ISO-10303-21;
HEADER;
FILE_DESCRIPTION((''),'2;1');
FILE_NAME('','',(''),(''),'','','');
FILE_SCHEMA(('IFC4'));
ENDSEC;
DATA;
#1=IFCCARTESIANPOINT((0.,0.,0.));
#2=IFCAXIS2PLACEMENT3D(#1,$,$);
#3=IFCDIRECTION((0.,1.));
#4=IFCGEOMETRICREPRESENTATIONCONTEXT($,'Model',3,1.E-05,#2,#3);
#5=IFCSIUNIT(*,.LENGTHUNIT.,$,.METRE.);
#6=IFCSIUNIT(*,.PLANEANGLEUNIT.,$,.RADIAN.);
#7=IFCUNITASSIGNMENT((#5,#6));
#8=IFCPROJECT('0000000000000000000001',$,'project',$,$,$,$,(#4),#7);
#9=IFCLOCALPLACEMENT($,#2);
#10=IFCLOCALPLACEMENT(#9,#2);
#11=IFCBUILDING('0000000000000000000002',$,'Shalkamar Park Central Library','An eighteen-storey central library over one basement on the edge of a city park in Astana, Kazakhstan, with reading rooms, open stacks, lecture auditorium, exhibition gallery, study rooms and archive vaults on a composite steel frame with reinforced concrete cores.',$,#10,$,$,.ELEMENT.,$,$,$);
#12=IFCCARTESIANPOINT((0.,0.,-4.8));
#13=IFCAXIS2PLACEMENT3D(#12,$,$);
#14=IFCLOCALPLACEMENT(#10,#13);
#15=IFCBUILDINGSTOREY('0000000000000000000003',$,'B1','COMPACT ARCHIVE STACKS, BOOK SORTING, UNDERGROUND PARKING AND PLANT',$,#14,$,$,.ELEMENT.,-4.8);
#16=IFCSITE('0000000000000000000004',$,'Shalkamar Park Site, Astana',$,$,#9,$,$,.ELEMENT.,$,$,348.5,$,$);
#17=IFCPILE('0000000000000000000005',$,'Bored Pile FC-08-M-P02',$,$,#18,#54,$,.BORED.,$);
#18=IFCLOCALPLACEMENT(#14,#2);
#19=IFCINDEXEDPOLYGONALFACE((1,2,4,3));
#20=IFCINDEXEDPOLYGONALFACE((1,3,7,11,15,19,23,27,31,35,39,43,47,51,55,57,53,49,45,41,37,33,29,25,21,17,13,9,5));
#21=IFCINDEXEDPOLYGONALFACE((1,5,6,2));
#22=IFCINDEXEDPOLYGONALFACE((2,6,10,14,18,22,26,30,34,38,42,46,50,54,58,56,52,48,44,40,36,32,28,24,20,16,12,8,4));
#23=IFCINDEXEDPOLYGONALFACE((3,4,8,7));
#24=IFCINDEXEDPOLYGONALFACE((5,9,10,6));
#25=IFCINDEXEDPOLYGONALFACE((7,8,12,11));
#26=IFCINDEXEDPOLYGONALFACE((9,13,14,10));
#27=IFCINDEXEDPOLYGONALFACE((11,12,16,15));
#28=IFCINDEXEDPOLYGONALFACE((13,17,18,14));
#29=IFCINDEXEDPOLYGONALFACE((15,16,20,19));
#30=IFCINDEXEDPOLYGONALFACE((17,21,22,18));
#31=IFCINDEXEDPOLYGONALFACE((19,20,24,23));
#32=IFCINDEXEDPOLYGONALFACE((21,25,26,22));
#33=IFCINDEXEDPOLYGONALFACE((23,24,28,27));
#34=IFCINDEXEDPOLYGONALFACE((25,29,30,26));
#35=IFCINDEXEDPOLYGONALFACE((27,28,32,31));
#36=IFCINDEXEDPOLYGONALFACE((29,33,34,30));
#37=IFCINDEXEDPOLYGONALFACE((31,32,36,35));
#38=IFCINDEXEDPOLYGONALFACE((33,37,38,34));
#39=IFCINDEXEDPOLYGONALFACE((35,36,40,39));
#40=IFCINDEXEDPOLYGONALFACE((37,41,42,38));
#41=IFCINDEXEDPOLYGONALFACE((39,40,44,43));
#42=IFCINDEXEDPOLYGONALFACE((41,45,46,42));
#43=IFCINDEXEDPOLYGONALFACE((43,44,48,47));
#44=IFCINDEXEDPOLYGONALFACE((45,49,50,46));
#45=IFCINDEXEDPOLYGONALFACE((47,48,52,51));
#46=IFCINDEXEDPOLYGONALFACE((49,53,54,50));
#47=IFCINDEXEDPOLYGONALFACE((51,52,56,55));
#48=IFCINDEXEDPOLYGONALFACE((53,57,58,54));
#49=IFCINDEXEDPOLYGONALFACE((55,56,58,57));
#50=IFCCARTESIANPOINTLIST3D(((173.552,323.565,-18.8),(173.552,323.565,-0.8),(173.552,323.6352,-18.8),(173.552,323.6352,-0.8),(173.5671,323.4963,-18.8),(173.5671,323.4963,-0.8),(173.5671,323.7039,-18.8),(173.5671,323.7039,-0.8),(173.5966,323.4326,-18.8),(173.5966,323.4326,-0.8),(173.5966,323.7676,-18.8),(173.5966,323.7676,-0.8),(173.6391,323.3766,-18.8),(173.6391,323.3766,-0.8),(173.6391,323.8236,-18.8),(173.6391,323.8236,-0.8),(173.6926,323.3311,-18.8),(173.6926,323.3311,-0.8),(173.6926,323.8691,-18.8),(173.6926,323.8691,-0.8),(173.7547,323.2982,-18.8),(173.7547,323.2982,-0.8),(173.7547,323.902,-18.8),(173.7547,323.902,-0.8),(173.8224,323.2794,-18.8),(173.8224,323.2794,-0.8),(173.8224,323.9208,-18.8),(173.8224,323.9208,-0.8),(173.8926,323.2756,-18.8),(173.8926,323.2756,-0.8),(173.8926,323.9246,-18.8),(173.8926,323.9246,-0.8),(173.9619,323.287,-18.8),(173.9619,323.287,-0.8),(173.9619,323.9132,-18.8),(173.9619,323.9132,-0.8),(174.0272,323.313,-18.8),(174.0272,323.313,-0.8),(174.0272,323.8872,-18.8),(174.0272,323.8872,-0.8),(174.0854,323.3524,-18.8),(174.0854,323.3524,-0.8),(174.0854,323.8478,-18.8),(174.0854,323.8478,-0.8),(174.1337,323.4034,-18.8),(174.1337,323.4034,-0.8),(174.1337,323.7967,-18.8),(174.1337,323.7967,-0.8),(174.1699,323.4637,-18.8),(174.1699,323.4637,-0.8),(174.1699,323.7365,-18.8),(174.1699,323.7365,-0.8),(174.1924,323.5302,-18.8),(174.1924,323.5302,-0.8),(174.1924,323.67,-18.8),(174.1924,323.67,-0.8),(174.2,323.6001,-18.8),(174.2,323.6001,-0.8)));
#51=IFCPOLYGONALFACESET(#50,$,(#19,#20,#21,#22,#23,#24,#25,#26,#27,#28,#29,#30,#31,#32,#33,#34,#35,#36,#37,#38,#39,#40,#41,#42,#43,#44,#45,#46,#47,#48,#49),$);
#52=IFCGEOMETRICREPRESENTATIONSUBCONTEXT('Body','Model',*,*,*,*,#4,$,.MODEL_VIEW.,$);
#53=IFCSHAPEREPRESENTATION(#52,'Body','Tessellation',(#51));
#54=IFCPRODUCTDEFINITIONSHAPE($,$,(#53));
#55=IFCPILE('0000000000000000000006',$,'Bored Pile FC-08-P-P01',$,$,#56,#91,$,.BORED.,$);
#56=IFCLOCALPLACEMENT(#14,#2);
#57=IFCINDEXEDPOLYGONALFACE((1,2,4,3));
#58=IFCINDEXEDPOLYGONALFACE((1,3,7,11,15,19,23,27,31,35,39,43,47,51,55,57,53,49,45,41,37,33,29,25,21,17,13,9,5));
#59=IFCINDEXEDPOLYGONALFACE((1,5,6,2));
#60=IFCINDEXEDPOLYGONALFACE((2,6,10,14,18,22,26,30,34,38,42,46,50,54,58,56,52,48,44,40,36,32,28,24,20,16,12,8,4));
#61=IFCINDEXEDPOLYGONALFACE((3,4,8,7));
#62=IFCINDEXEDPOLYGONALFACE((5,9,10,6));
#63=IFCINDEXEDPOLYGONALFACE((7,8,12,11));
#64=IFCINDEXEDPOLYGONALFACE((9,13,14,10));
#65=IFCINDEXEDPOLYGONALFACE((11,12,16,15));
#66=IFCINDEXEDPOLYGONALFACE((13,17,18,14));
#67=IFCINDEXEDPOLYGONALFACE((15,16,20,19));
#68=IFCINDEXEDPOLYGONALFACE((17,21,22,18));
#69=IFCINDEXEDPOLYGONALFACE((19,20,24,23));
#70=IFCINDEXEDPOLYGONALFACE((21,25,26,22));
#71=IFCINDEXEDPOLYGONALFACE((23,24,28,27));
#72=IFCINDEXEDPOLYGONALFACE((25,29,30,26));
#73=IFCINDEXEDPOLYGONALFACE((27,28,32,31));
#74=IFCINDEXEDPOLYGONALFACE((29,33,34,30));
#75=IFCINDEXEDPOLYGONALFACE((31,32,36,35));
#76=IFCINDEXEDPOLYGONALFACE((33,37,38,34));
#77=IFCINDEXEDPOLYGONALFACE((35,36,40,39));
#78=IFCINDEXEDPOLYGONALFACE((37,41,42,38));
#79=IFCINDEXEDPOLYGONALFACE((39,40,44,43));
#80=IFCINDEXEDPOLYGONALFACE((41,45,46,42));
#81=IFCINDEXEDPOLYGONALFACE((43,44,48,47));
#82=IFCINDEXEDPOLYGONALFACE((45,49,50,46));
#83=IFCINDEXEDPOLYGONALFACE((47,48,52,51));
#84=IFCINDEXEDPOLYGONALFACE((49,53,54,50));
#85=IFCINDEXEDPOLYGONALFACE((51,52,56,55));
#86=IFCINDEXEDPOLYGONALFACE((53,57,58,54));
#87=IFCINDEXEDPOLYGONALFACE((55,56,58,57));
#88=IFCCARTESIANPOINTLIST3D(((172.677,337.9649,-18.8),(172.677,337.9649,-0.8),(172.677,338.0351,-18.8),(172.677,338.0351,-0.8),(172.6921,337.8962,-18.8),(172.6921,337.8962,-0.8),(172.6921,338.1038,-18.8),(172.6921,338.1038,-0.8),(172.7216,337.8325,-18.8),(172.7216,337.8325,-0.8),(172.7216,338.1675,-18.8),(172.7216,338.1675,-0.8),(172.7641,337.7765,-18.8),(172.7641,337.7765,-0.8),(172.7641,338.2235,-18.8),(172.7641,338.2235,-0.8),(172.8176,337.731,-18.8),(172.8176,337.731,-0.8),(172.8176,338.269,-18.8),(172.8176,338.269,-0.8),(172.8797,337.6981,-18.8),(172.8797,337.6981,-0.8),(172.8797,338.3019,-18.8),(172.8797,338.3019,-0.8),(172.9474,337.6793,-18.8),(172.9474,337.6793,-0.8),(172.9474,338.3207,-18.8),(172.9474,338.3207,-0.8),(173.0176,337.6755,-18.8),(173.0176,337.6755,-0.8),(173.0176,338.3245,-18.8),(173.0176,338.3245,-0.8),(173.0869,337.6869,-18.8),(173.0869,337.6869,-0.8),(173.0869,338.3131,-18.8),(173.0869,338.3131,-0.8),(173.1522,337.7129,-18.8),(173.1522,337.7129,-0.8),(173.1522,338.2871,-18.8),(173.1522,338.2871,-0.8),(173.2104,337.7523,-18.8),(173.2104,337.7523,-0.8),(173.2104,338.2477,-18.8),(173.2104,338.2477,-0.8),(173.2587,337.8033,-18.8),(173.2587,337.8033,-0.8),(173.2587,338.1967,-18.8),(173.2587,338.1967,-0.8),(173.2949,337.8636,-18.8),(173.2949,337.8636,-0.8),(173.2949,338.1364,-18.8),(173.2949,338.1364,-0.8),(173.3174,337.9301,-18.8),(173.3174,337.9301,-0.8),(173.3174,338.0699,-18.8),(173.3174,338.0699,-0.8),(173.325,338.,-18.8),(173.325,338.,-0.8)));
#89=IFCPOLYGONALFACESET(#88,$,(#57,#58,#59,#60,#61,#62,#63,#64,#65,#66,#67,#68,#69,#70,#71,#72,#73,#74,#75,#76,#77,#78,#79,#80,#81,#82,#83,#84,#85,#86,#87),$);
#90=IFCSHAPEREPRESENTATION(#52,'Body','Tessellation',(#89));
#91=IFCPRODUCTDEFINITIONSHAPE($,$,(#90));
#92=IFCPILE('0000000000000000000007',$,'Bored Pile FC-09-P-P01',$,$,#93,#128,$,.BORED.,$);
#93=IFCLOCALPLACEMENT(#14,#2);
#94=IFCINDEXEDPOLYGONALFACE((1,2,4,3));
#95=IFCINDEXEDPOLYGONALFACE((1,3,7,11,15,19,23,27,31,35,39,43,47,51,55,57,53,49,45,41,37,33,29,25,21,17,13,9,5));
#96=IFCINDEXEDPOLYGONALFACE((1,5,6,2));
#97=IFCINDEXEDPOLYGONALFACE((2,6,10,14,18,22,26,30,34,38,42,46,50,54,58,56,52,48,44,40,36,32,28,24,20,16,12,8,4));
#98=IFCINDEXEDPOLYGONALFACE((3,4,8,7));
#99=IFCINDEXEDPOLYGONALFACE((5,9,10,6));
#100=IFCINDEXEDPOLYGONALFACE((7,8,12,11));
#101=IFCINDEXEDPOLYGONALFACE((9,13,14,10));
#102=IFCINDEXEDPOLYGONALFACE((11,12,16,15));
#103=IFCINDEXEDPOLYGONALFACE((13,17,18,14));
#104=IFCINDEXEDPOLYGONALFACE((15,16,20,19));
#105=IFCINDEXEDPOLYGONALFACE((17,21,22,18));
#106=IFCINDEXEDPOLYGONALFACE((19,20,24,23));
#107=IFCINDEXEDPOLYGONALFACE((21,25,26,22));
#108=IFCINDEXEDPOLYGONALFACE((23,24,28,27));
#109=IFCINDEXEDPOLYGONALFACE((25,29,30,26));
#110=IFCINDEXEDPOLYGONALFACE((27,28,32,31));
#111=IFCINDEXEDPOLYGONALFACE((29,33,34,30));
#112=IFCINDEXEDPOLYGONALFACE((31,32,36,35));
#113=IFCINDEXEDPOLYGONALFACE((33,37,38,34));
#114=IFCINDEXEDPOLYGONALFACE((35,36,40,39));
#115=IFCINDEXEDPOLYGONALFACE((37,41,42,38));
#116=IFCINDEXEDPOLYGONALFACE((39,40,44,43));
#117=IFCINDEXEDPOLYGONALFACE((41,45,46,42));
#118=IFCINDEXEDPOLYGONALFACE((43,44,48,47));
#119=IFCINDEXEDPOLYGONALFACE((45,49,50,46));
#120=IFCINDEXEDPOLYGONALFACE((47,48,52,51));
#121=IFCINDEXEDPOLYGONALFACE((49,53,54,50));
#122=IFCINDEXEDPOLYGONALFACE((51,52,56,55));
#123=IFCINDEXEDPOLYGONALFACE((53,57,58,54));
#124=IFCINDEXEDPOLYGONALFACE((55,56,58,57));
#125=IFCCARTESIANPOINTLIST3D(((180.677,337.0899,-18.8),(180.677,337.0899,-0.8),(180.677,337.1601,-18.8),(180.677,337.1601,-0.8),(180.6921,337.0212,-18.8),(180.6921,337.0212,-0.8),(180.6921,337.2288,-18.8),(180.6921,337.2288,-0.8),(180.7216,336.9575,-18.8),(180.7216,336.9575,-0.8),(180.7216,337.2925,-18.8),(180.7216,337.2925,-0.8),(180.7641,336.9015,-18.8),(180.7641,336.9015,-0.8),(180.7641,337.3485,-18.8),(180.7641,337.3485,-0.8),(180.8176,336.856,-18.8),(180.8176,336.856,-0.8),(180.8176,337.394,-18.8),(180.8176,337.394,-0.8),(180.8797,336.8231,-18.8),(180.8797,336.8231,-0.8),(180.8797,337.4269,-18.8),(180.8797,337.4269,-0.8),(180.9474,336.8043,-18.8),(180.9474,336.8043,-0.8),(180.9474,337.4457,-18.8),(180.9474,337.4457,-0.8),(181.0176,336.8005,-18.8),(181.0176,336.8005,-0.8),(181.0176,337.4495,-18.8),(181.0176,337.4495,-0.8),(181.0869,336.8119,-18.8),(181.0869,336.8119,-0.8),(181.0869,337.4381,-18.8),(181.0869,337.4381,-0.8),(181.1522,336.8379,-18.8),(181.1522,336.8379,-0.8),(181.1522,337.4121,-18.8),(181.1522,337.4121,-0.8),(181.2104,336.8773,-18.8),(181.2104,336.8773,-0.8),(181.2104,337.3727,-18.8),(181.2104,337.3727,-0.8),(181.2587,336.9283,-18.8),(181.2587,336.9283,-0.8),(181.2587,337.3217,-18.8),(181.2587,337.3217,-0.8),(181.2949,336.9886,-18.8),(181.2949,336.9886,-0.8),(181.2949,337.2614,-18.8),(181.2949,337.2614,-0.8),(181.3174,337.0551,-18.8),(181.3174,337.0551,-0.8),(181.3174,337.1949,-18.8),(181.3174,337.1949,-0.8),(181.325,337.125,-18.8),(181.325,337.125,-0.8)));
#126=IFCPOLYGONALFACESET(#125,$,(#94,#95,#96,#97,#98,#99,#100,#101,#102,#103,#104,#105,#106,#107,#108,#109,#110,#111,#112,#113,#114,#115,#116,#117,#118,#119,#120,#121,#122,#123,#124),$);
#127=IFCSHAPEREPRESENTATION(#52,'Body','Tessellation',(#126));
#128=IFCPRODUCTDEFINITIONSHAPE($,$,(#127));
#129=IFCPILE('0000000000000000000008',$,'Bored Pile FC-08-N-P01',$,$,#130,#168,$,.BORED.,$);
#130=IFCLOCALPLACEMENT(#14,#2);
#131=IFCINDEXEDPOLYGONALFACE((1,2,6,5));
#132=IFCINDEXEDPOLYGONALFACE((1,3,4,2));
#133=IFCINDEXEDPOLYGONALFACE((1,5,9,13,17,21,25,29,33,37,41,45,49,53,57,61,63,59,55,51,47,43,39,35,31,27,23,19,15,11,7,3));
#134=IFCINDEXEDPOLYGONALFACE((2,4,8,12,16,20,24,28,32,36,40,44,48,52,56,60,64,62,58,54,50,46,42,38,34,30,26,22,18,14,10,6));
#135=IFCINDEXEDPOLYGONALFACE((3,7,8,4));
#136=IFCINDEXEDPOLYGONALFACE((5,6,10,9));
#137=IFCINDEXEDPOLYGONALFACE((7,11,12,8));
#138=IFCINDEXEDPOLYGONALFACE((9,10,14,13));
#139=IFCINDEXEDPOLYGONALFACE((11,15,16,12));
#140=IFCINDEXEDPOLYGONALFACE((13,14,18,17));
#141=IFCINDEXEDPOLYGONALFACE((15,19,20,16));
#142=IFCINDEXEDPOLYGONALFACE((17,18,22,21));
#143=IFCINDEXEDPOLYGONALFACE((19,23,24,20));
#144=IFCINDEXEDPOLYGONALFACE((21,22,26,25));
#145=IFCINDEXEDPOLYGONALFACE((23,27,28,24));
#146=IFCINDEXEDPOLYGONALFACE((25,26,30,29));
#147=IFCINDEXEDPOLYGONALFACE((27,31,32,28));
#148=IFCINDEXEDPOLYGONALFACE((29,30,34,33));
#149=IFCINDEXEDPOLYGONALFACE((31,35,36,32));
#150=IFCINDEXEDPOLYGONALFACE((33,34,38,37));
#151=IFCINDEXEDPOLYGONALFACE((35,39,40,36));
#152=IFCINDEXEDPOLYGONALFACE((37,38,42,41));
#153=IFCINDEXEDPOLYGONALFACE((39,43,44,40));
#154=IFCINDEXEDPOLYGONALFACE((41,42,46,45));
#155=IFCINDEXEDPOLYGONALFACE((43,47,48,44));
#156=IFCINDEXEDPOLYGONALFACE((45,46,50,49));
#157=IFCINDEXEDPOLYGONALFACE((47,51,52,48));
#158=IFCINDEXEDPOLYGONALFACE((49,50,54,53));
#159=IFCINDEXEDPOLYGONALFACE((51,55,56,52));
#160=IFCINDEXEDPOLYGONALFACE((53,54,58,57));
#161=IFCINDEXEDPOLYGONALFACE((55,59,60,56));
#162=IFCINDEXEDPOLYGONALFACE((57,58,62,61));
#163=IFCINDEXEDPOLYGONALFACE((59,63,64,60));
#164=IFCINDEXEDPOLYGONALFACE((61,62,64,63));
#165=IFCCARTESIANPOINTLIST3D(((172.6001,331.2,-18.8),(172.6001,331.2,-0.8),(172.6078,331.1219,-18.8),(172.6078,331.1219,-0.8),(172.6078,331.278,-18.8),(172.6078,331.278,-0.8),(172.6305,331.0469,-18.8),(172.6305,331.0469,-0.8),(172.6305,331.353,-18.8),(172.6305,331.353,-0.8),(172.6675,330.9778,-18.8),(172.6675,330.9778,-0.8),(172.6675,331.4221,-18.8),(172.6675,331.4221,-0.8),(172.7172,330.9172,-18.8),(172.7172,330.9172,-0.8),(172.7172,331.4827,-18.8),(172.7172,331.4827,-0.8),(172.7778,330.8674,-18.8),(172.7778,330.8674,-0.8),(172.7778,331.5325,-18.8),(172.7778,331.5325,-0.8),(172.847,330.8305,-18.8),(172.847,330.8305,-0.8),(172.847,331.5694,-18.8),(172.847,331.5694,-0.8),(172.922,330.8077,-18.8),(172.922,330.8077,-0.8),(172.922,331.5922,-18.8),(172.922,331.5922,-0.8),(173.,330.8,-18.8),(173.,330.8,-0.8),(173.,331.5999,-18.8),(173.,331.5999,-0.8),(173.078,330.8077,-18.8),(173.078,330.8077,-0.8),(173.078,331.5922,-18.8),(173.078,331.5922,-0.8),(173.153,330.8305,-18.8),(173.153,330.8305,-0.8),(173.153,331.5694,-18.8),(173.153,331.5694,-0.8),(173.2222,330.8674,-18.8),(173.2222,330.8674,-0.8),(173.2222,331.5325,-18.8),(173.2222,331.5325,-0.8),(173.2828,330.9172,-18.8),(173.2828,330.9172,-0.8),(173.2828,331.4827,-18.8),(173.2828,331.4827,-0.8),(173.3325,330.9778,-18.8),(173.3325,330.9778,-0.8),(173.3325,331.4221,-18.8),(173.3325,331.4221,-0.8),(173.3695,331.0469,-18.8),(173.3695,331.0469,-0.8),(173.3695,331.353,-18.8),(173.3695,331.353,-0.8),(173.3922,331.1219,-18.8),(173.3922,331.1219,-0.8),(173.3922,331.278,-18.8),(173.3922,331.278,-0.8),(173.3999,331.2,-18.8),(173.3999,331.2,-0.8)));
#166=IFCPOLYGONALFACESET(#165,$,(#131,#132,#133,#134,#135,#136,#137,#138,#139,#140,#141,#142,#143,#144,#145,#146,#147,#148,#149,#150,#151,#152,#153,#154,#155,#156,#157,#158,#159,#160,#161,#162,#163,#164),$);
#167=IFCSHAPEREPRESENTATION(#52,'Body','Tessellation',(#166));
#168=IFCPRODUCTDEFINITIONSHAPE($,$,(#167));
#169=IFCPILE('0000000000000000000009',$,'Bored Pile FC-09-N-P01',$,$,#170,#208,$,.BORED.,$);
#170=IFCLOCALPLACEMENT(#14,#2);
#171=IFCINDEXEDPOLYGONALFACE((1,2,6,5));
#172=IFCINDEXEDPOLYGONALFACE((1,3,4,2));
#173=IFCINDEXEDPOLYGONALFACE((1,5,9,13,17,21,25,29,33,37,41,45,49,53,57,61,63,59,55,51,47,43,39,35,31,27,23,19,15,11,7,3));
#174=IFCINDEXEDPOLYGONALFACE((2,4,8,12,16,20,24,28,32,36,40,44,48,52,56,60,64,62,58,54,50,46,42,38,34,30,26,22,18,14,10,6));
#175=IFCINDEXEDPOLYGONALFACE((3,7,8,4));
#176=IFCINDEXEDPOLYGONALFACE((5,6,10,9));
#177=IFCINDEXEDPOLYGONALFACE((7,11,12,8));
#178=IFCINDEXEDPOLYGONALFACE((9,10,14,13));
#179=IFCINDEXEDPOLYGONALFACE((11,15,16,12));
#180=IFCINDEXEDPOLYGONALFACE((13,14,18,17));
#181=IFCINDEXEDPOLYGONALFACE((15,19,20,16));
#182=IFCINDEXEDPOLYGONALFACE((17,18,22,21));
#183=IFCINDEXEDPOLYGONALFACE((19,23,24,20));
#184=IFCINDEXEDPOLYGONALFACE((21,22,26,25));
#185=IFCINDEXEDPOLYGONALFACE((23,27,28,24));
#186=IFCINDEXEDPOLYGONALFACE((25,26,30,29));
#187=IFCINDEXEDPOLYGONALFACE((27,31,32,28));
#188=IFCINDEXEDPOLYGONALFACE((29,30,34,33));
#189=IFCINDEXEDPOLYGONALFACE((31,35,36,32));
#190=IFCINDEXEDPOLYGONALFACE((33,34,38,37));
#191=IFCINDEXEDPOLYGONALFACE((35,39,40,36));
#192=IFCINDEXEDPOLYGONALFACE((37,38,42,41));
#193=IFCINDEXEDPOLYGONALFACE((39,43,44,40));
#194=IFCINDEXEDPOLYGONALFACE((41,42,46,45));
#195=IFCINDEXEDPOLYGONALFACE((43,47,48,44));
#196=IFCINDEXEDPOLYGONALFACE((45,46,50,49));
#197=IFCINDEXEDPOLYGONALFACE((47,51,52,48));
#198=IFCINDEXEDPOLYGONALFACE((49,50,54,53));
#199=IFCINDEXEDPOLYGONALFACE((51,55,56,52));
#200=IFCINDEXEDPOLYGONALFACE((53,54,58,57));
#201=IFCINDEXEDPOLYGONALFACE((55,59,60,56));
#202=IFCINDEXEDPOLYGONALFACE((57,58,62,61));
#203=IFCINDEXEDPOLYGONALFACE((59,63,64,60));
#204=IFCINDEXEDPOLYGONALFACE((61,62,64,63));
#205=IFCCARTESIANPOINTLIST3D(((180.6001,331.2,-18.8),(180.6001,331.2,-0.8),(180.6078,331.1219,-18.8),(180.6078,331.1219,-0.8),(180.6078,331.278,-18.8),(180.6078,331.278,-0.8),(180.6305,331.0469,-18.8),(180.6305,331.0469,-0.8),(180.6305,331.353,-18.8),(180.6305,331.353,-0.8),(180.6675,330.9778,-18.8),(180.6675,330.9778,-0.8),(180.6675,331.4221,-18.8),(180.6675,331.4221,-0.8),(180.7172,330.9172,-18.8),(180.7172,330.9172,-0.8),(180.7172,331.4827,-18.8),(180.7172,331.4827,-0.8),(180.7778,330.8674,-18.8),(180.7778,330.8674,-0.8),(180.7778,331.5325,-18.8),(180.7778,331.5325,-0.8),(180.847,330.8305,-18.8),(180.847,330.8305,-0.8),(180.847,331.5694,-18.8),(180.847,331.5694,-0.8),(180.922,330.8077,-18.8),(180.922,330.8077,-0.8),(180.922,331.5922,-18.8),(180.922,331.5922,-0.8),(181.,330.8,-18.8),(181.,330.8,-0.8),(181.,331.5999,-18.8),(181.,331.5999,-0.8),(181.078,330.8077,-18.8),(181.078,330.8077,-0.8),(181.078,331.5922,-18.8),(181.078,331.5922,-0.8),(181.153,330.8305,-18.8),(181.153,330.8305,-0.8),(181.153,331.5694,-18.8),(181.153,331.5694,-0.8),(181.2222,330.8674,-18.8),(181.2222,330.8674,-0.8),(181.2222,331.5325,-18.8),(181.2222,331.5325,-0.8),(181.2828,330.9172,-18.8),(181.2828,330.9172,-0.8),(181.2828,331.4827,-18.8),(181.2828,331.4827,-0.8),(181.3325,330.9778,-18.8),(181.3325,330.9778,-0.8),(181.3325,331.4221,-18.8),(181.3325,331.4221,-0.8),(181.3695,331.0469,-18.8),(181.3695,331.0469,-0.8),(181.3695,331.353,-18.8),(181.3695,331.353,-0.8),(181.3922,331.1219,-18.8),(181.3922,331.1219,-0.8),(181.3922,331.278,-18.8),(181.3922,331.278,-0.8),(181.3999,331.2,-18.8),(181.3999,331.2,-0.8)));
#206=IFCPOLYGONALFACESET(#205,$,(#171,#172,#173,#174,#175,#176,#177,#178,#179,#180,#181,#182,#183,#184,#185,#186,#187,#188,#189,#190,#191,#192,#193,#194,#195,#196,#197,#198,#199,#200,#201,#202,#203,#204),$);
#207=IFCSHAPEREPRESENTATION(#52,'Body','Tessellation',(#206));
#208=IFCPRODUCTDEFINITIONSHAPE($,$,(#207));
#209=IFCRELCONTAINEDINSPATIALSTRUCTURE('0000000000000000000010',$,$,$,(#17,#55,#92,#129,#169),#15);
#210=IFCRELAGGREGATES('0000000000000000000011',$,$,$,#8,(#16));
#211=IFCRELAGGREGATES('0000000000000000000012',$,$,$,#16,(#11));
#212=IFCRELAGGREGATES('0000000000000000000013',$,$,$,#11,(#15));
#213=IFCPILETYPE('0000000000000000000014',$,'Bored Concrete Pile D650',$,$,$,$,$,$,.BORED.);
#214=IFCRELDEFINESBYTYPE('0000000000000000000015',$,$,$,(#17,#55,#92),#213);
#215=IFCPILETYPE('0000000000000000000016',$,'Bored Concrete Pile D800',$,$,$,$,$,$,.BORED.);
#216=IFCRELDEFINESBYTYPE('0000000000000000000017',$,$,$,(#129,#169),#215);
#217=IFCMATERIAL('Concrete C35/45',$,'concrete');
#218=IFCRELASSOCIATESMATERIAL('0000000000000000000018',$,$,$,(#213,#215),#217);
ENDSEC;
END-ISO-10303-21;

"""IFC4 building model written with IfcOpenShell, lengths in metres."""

from ifc_helpers import new_model, si_unit, direction, frame, origin, origin_2d, place, context, subcontext, project, spatial, circle, extrude, material, material_profile, profile_set, type_object, element, save


model = new_model("IFC4")

# Units and contexts
model_context = context("Model", 3, precision=1e-05, world=origin(), true_north=direction((0.0, 1.0)))
body_context = subcontext(model_context, "Body", "Model", "MODEL_VIEW")
ifc_project = project(units=[si_unit("LENGTHUNIT", "METRE"), si_unit("PLANEANGLEUNIT", "RADIAN")], contexts=[model_context])

# Site, building, storey
site_placement = place(None, origin())
site = spatial("IfcSite", under=ifc_project, at=site_placement, Name="Shalkamar Park Site, Astana", CompositionType="ELEMENT", RefElevation=348.5)
building_placement = place(site_placement, origin())
building = spatial("IfcBuilding", under=site, at=building_placement, Name="Shalkamar Park Central Library", Description="An eighteen-storey central library over one basement on the edge of a city park in Astana, Kazakhstan, with reading rooms, open stacks, lecture auditorium, exhibition gallery, study rooms and archive vaults on a composite steel frame with reinforced concrete cores.", CompositionType="ELEMENT")
storey_placement = place(building_placement, frame((0.0, 0.0, -4.8)))
storey = spatial("IfcBuildingStorey", under=building, at=storey_placement, Name="B1", Description="COMPACT ARCHIVE STACKS, BOOK SORTING, UNDERGROUND PARKING AND PLANT", CompositionType="ELEMENT", Elevation=-4.8)

# Piles
ifc_material_1 = material(Name="Concrete C35/45", Category="concrete")
ifc_material_profile_1 = material_profile(ifc_material_1, circle(Radius=0.325, at=origin_2d()), Name="PILE D650")
ifc_profile_set_1 = profile_set([ifc_material_profile_1], Name="Concrete C35/45")
pile_type_1 = type_object("IfcPileType", Name="Bored Concrete Pile D650", PredefinedType="BORED", material=ifc_profile_set_1)
for number, where, z_axis, x_axis, name in (
    (1, (173.875, 323.6001, -0.8), (0.0, 0.0, -1.0), (1.0, 0.0, 0.0), "Bored Pile FC-08-M-P02"),
    (2, (173.0, 338.0, -0.8), (0.0, 0.0, -1.0), (1.0, 0.0, 0.0), "Bored Pile FC-08-P-P01"),
    (3, (181.0, 337.125, -0.8), (0.0, 0.0, -1.0), (1.0, 0.0, 0.0), "Bored Pile FC-09-P-P01"),
):
    element("IfcPile", number, at=place(storey_placement, frame(where, z_axis=z_axis, x_axis=x_axis)), inside=storey, type_object=pile_type_1, Name=name, PredefinedType="BORED", context=body_context, shape_type="SweptSolid", body=[
        extrude(circle(Radius=0.325, at=origin_2d()), origin(), (0.0, 0.0, 1.0), 18.0),
    ])
ifc_material_profile_2 = material_profile(ifc_material_1, circle(Radius=0.3999, at=origin_2d()), Name="PILE D800")
ifc_profile_set_2 = profile_set([ifc_material_profile_2], Name="Concrete C35/45")
pile_type_2 = type_object("IfcPileType", Name="Bored Concrete Pile D800", PredefinedType="BORED", material=ifc_profile_set_2)
for number, where, z_axis, x_axis, name in (
    (4, (173.0, 331.2, -0.8), (0.0, 0.0, -1.0), (1.0, 0.0, 0.0), "Bored Pile FC-08-N-P01"),
    (5, (181.0, 331.2, -0.8), (0.0, 0.0, -1.0), (1.0, 0.0, 0.0), "Bored Pile FC-09-N-P01"),
):
    element("IfcPile", number, at=place(storey_placement, frame(where, z_axis=z_axis, x_axis=x_axis)), inside=storey, type_object=pile_type_2, Name=name, PredefinedType="BORED", context=body_context, shape_type="SweptSolid", body=[
        extrude(circle(Radius=0.3999, at=origin_2d()), origin(), (0.0, 0.0, 1.0), 18.0),
    ])

save(model, "model.ifc")
